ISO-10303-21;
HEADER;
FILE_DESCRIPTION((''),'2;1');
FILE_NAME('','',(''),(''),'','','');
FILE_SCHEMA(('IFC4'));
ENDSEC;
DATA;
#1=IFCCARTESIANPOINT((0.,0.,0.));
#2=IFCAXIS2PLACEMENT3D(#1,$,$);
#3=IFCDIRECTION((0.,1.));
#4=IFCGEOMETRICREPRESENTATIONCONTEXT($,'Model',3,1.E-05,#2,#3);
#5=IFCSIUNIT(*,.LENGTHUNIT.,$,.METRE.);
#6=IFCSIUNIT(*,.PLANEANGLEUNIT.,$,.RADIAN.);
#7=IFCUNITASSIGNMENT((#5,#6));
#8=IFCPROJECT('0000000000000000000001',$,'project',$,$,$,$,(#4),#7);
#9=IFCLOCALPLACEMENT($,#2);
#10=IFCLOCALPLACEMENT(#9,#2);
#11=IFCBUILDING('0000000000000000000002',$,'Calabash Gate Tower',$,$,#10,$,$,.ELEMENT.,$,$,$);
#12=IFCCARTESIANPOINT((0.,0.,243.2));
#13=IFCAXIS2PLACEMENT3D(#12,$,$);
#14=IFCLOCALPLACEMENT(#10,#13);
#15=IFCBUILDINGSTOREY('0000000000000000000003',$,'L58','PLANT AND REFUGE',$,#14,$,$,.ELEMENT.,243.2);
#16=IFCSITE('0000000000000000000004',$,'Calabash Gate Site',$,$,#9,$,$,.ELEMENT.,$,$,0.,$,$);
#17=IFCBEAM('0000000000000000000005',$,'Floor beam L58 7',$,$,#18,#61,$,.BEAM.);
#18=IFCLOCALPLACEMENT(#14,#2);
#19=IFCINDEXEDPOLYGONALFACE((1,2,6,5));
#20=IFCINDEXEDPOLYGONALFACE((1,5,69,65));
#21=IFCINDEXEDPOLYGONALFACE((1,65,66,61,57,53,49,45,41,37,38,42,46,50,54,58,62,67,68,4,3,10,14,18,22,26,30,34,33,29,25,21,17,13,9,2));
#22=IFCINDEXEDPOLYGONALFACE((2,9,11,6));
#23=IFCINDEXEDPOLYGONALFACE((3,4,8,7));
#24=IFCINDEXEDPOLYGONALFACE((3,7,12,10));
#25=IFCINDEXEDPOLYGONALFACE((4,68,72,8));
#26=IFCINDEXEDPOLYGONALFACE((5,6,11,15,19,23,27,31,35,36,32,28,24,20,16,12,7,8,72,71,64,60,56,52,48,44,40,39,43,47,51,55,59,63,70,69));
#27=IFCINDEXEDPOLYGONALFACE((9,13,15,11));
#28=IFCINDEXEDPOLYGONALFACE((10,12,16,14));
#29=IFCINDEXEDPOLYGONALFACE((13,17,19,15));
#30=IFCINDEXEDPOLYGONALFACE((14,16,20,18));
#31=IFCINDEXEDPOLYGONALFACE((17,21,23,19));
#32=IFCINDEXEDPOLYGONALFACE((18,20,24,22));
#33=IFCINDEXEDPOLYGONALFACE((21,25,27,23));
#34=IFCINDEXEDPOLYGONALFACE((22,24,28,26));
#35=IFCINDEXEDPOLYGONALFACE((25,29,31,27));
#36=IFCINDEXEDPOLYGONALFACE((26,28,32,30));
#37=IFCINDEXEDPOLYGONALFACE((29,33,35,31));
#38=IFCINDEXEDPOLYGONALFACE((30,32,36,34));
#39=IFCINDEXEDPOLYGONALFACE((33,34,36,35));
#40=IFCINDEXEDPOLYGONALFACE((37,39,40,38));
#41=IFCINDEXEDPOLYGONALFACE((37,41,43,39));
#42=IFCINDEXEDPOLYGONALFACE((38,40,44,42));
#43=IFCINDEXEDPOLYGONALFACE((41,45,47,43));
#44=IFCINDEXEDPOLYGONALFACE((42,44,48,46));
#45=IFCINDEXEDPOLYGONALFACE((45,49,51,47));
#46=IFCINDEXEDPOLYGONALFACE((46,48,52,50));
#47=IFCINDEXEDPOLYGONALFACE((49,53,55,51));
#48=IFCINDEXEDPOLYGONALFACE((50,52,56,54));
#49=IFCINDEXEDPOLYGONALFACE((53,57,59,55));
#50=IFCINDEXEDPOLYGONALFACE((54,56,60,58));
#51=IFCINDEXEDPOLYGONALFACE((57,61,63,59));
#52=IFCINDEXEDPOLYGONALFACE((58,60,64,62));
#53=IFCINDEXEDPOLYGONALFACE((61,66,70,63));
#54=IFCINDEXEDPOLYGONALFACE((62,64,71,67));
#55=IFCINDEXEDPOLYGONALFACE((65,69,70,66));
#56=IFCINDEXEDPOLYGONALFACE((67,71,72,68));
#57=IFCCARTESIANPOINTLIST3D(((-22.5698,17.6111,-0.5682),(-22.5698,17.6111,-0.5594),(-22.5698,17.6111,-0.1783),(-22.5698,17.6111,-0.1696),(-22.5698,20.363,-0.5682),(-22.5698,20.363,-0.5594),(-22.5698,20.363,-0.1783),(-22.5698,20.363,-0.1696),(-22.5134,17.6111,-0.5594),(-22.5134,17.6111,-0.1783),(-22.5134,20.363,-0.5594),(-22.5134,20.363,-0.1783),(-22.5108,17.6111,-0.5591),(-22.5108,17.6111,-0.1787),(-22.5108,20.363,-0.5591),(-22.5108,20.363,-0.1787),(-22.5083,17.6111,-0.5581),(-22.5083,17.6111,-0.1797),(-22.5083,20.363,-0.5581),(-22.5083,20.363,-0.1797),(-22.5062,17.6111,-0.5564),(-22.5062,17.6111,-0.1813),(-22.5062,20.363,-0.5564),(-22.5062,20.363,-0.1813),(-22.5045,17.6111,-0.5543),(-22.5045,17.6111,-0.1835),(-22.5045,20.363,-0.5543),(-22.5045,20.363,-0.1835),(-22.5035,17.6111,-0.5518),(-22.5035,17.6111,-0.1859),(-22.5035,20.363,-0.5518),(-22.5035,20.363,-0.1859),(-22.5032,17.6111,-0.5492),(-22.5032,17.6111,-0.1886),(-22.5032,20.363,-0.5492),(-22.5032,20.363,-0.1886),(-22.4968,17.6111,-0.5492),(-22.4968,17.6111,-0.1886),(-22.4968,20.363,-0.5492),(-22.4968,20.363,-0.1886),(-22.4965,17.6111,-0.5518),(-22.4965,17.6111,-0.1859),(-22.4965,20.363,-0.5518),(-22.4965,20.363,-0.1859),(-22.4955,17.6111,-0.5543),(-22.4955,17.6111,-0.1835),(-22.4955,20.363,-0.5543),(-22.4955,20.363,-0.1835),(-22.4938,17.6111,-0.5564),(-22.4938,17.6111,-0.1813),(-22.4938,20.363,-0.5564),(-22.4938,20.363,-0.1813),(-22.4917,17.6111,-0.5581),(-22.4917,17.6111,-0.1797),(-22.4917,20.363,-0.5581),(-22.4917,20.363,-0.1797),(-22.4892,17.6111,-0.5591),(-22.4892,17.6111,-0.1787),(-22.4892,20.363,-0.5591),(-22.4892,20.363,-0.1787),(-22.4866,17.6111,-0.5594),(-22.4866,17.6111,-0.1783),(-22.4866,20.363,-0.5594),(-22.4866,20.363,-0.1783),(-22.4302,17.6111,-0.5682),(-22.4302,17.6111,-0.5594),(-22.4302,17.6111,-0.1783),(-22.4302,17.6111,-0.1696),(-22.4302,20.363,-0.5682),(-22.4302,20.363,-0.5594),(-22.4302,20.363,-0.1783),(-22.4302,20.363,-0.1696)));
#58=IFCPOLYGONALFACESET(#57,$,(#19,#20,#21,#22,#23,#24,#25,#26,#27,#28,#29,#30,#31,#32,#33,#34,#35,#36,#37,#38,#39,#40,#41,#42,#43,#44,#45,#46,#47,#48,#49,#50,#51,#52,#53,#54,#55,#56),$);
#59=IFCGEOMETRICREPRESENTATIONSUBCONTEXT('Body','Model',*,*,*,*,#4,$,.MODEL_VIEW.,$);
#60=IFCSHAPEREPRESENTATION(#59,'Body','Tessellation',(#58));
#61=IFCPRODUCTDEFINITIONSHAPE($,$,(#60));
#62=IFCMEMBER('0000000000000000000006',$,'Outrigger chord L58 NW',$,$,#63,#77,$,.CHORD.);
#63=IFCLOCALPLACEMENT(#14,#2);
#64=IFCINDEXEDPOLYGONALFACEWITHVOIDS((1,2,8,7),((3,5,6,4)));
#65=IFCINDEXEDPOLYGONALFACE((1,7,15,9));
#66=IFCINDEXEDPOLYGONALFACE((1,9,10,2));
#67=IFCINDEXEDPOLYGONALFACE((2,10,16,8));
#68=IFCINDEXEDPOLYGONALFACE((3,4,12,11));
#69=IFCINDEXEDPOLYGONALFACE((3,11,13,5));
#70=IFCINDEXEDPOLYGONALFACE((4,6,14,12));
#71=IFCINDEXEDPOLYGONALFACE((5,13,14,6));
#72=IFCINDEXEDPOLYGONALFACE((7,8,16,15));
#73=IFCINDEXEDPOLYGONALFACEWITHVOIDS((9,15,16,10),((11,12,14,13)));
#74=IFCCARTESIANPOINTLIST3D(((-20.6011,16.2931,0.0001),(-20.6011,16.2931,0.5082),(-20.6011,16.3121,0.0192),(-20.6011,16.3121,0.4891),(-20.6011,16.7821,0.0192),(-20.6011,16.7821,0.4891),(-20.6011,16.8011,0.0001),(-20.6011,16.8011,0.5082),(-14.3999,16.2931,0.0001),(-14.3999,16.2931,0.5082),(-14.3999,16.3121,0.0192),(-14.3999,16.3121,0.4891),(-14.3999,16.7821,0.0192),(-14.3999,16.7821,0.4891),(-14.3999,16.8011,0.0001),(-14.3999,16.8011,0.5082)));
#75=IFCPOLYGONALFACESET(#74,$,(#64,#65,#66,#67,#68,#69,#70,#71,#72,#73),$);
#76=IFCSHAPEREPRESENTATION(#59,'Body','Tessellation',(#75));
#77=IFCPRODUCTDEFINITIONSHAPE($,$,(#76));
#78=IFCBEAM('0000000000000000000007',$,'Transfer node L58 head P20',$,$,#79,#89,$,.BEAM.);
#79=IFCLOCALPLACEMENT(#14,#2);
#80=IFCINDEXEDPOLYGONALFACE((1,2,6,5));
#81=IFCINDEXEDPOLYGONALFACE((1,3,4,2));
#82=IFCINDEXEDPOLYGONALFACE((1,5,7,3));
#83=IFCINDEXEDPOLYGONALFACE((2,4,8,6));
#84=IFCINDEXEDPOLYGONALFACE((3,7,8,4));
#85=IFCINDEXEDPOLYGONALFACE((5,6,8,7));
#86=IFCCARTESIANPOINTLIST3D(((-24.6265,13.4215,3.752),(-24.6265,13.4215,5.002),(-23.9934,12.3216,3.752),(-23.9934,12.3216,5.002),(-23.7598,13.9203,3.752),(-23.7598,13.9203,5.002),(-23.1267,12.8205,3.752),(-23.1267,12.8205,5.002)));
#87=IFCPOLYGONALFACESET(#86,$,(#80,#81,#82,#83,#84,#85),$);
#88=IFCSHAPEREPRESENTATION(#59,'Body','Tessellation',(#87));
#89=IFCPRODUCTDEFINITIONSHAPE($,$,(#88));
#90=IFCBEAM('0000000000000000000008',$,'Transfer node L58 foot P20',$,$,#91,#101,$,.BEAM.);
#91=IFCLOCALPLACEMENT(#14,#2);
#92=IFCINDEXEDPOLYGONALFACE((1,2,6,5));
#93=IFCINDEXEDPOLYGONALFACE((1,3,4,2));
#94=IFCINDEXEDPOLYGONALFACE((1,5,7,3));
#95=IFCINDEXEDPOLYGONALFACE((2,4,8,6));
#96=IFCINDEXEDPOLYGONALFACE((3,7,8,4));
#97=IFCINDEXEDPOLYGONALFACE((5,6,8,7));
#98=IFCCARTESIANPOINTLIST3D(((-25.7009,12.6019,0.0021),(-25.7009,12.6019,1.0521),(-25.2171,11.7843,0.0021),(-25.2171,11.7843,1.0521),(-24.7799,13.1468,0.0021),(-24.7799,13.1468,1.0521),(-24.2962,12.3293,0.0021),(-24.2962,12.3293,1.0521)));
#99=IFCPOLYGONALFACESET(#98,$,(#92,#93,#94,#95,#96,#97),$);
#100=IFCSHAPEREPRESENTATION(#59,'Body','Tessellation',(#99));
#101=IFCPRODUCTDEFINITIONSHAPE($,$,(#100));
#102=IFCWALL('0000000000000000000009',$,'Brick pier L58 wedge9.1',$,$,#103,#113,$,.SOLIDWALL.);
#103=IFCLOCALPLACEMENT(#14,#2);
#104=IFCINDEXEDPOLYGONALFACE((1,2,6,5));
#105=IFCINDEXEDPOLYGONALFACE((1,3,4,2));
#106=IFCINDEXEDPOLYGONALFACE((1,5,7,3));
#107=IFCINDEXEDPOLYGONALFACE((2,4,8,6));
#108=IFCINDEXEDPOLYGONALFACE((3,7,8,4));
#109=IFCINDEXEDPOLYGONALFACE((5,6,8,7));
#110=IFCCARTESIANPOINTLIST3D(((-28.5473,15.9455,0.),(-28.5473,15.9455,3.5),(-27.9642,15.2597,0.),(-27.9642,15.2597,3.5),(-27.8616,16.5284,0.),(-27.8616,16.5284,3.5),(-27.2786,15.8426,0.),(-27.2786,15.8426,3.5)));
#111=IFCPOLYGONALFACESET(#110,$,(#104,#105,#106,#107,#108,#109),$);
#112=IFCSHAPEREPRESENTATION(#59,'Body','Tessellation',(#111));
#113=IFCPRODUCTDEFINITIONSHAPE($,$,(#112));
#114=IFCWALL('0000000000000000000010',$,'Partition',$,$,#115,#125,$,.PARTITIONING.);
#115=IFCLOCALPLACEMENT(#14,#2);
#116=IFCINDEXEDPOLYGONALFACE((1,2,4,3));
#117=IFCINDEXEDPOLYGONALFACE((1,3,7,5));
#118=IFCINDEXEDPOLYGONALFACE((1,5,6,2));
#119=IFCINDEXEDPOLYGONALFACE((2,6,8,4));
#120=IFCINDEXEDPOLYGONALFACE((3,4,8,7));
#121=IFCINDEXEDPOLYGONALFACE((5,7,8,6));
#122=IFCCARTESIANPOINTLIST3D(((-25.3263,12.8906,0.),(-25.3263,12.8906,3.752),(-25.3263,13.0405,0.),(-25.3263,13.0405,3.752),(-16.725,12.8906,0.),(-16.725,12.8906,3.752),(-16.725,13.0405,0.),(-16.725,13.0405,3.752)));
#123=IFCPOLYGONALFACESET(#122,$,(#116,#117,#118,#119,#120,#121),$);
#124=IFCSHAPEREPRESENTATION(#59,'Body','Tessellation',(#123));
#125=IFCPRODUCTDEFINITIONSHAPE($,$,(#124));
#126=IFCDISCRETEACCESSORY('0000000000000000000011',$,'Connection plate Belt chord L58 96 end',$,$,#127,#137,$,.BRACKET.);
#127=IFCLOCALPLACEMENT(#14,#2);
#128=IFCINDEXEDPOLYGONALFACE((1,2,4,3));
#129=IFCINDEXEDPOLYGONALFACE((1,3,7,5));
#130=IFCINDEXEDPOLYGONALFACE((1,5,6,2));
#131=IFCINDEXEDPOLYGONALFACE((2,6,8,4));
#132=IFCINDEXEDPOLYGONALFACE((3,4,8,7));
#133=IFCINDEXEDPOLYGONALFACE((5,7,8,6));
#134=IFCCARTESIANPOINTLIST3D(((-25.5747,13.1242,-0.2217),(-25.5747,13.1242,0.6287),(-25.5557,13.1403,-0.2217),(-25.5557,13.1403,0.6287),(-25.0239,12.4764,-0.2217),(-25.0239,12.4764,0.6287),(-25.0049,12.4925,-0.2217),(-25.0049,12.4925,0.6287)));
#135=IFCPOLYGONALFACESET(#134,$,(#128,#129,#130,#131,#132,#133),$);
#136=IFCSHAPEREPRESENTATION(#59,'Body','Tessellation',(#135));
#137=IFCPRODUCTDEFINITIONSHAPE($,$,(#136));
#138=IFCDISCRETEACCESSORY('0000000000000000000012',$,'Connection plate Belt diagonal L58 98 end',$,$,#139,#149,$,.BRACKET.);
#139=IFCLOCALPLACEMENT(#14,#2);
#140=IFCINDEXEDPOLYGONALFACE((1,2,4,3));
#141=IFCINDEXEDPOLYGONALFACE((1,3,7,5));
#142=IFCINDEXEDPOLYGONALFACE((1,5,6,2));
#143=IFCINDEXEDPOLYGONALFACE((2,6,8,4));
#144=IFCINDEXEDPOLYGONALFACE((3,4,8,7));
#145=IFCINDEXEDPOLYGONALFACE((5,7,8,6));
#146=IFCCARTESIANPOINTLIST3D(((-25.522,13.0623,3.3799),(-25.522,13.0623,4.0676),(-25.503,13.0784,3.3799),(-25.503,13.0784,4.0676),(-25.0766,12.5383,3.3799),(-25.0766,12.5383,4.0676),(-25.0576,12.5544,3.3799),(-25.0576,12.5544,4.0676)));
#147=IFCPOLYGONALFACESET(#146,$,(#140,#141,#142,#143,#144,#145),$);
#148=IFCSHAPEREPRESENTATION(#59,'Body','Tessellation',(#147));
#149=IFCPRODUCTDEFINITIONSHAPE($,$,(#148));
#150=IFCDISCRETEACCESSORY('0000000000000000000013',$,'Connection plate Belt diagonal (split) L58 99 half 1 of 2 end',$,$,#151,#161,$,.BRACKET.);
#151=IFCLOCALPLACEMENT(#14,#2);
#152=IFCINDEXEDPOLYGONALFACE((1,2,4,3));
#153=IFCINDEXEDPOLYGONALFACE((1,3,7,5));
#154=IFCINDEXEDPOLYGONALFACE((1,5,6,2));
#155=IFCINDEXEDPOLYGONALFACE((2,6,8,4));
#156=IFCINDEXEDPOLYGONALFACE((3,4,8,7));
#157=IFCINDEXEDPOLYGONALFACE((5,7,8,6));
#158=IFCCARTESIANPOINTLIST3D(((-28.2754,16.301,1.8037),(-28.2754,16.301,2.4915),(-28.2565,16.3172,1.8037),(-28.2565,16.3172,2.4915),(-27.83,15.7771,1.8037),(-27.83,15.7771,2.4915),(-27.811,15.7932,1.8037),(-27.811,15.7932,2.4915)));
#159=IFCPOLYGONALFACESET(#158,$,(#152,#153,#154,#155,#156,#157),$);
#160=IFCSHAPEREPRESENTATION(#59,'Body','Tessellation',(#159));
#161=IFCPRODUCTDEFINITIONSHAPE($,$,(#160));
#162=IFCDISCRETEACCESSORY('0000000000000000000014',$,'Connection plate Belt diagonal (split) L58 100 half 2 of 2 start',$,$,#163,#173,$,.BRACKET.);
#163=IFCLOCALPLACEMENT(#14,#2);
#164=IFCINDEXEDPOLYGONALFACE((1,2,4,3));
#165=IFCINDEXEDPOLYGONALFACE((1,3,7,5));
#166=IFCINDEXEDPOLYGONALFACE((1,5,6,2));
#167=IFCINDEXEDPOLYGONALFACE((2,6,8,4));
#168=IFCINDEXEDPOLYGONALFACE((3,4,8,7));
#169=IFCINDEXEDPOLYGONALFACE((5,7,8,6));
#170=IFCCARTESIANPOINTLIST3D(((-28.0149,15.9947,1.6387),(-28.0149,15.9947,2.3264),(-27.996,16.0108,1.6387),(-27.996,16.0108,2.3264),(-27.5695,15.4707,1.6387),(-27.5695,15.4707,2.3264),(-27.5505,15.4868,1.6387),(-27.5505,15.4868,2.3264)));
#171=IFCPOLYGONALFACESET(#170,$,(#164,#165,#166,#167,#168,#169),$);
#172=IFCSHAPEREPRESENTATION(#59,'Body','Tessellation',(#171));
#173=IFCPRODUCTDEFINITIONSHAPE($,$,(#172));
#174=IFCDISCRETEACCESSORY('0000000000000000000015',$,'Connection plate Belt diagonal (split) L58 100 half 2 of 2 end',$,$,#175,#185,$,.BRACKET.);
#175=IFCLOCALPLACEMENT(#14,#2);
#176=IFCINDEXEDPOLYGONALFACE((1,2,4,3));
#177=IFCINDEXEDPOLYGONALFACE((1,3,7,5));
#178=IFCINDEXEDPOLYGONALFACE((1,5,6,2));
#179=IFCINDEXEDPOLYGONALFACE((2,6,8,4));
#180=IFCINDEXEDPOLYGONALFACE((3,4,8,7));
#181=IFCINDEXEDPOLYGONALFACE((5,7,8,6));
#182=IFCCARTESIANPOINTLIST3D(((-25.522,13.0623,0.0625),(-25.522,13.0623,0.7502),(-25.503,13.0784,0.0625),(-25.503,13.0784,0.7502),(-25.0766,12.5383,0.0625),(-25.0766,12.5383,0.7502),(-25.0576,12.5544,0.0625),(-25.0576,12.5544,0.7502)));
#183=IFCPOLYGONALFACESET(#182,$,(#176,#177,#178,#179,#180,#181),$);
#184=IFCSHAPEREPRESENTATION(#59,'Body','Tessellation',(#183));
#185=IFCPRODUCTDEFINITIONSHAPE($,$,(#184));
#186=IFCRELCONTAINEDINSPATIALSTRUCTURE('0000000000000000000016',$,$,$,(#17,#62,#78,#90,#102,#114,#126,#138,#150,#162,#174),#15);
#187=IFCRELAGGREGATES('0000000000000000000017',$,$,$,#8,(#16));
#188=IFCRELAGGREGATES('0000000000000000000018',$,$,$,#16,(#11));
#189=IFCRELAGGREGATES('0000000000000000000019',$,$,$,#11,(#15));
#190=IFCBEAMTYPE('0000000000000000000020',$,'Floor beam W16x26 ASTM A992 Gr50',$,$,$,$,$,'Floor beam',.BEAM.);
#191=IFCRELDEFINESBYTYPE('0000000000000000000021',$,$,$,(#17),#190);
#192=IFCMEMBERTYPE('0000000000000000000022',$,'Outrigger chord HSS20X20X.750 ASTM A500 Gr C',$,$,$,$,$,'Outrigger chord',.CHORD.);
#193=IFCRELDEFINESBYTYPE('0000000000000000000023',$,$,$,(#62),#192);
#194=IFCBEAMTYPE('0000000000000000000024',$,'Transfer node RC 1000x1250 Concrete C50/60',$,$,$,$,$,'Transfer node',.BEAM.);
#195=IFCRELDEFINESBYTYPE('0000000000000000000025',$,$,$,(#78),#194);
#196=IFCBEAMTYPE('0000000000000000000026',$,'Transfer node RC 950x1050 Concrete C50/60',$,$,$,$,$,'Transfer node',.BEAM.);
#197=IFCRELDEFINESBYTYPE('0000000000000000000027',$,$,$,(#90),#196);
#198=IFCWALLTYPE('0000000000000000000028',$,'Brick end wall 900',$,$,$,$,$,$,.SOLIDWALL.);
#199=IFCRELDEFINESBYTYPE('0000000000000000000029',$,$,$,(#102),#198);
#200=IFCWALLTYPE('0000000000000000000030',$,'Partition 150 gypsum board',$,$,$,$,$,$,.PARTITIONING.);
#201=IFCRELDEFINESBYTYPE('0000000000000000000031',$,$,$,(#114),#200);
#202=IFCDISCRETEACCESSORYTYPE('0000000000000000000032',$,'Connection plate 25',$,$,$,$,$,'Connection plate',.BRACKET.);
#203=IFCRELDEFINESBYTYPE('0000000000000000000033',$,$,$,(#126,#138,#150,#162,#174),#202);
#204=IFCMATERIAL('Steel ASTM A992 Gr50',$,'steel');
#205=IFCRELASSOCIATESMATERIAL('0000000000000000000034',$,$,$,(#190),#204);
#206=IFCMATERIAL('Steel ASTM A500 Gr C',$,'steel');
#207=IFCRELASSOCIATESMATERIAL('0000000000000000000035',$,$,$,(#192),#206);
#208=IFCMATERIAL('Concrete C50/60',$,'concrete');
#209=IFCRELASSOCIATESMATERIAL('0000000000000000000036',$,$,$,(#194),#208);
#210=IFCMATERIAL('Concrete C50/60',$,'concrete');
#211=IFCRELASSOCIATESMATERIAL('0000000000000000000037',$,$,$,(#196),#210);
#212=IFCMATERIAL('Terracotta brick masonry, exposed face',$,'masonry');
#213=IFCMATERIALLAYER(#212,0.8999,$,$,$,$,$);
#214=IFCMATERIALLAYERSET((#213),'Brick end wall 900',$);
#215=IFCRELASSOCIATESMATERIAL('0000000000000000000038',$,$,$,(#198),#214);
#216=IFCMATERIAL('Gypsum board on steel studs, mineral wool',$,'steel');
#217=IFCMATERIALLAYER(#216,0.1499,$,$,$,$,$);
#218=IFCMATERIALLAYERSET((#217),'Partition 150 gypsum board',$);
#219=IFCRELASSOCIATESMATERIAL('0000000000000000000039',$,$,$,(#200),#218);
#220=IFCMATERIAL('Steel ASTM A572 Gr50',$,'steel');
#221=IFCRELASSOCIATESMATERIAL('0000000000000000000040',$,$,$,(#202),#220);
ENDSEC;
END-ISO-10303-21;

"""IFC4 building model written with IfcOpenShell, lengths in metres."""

from ifc_helpers import new_model, si_unit, direction, frame, frame_2d, origin, origin_2d, place, context, subcontext, project, spatial, rectangle, hollow_rectangle, i_section, extrude, material, layer, layer_set, material_profile, profile_set, type_object, element, save


model = new_model("IFC4")

# Units and contexts
model_context = context("Model", 3, precision=1e-05, world=origin(), true_north=direction((0.0, 1.0)))
body_context = subcontext(model_context, "Body", "Model", "MODEL_VIEW")
ifc_project = project(units=[si_unit("LENGTHUNIT", "METRE"), si_unit("PLANEANGLEUNIT", "RADIAN")], contexts=[model_context])

# Site, building, storey
site_placement = place(None, origin())
site = spatial("IfcSite", under=ifc_project, at=site_placement, Name="Calabash Gate Site", CompositionType="ELEMENT", RefElevation=0.0)
building_placement = place(site_placement, origin())
building = spatial("IfcBuilding", under=site, at=building_placement, Name="Calabash Gate Tower", CompositionType="ELEMENT")
storey_placement = place(building_placement, frame((0.0, 0.0, 243.2)))
storey = spatial("IfcBuildingStorey", under=building, at=storey_placement, Name="L58", Description="PLANT AND REFUGE", CompositionType="ELEMENT", Elevation=243.2)

# Beam
ifc_material_1 = material(Name="Steel ASTM A992 Gr50", Category="steel")
ifc_material_profile_1 = material_profile(ifc_material_1, i_section(OverallWidth=0.1396, OverallDepth=0.3987, WebThickness=0.0063, FlangeThickness=0.0088, FilletRadius=0.0103, at=origin_2d()))
ifc_profile_set_1 = profile_set([ifc_material_profile_1], Name="Steel ASTM A992 Gr50")
beam_type_1 = type_object("IfcBeamType", Name="Floor beam W16x26 ASTM A992 Gr50", ElementType="Floor beam", PredefinedType="BEAM", material=ifc_profile_set_1)
beam_1_placement = place(storey_placement, frame((-22.5, 17.6111, -0.3689), z_axis=(0.0, 1.0, 0.0), x_axis=(-1.0, 0.0, 0.0)))
element("IfcBeam", 1, at=beam_1_placement, inside=storey, type_object=beam_type_1, Name="Floor beam L58 7", PredefinedType="BEAM", context=body_context, shape_type="SweptSolid", body=[
    extrude(i_section(OverallWidth=0.1396, OverallDepth=0.3987, WebThickness=0.0063, FlangeThickness=0.0088, FilletRadius=0.0103, at=origin_2d()), origin(), (0.0, 0.0, 1.0), 2.752),
])

# Member
ifc_material_2 = material(Name="Steel ASTM A500 Gr C", Category="steel")
ifc_material_profile_2 = material_profile(ifc_material_2, hollow_rectangle(XDim=0.5081, YDim=0.5081, WallThickness=0.019, at=origin_2d()))
ifc_profile_set_2 = profile_set([ifc_material_profile_2], Name="Steel ASTM A500 Gr C")
member_type_1 = type_object("IfcMemberType", Name="Outrigger chord HSS20X20X.750 ASTM A500 Gr C", ElementType="Outrigger chord", PredefinedType="CHORD", material=ifc_profile_set_2)
member_1_placement = place(storey_placement, frame((-20.6011, 16.5471, 0.2542), z_axis=(1.0, 0.0, 0.0), x_axis=(0.0, 1.0, 0.0)))
element("IfcMember", 2, at=member_1_placement, inside=storey, type_object=member_type_1, Name="Outrigger chord L58 NW", PredefinedType="CHORD", context=body_context, shape_type="SweptSolid", body=[
    extrude(hollow_rectangle(XDim=0.5081, YDim=0.5081, WallThickness=0.019, at=origin_2d()), origin(), (0.0, 0.0, 1.0), 6.2012),
])

# Beams
ifc_material_3 = material(Name="Concrete C50/60", Category="concrete")
ifc_material_profile_3 = material_profile(ifc_material_3, rectangle(XDim=1.0, YDim=1.25, at=origin_2d()))
ifc_profile_set_3 = profile_set([ifc_material_profile_3], Name="Concrete C50/60")
beam_type_2 = type_object("IfcBeamType", Name="Transfer node RC 1000x1250 Concrete C50/60", ElementType="Transfer node", PredefinedType="BEAM", material=ifc_profile_set_3)
beam_2_placement = place(storey_placement, frame((-24.1931, 13.6709, 4.377), z_axis=(0.498851, -0.866688, 0.0), x_axis=(0.866688, 0.498851, 0.0)))
element("IfcBeam", 3, at=beam_2_placement, inside=storey, type_object=beam_type_2, Name="Transfer node L58 head P20", PredefinedType="BEAM", context=body_context, shape_type="SweptSolid", body=[
    extrude(rectangle(XDim=1.0, YDim=1.25, at=origin_2d()), origin(), (0.0, 0.0, 1.0), 1.269),
])
ifc_material_4 = material(Name="Concrete C50/60", Category="concrete")
ifc_material_profile_4 = material_profile(ifc_material_4, rectangle(XDim=0.95, YDim=1.05, at=origin_2d()))
ifc_profile_set_4 = profile_set([ifc_material_profile_4], Name="Concrete C50/60")
beam_type_3 = type_object("IfcBeamType", Name="Transfer node RC 950x1050 Concrete C50/60", ElementType="Transfer node", PredefinedType="BEAM", material=ifc_profile_set_4)
beam_3_placement = place(storey_placement, frame((-25.459, 12.1931, 0.5271), z_axis=(0.860617, 0.509252, 0.0), x_axis=(-0.509252, 0.860617, 0.0)))
element("IfcBeam", 4, at=beam_3_placement, inside=storey, type_object=beam_type_3, Name="Transfer node L58 foot P20", PredefinedType="BEAM", context=body_context, shape_type="SweptSolid", body=[
    extrude(rectangle(XDim=0.95, YDim=1.05, at=origin_2d()), origin(), (0.0, 0.0, 1.0), 1.0701),
])

# Walls
ifc_material_5 = material(Name="Terracotta brick masonry, exposed face", Category="masonry")
ifc_layer_1 = layer(ifc_material_5, 0.8999)
ifc_layer_set_1 = layer_set([ifc_layer_1], Name="Brick end wall 900")
wall_type_1 = type_object("IfcWallType", Name="Brick end wall 900", PredefinedType="SOLIDWALL", material=ifc_layer_set_1)
wall_1_placement = place(storey_placement, frame((-27.6213, 15.551, 0.0), z_axis=(0.0, 0.0, 1.0), x_axis=(-0.647704, 0.761892, 0.0)))
element("IfcWall", 5, at=wall_1_placement, inside=storey, type_object=wall_type_1, Name="Brick pier L58 wedge9.1", PredefinedType="SOLIDWALL", context=body_context, shape_type="SweptSolid", body=[
    extrude(rectangle(XDim=0.9001, YDim=0.8999, at=frame_2d((0.4502, 0.0))), origin(), (0.0, 0.0, 1.0), 3.5),
])
ifc_material_6 = material(Name="Gypsum board on steel studs, mineral wool", Category="steel")
ifc_layer_2 = layer(ifc_material_6, 0.1499)
ifc_layer_set_2 = layer_set([ifc_layer_2], Name="Partition 150 gypsum board")
wall_type_2 = type_object("IfcWallType", Name="Partition 150 gypsum board", PredefinedType="PARTITIONING", material=ifc_layer_set_2)
wall_2_placement = place(storey_placement, frame((-25.3264, 12.9656, 0.0), z_axis=(0.0, 0.0, 1.0), x_axis=(1.0, 0.0, 0.0)))
element("IfcWall", 6, at=wall_2_placement, inside=storey, type_object=wall_type_2, Name="Partition", PredefinedType="PARTITIONING", context=body_context, shape_type="SweptSolid", body=[
    extrude(rectangle(XDim=8.6013, YDim=0.1499, at=frame_2d((4.3008, 0.0))), origin(), (0.0, 0.0, 1.0), 3.752),
])

# Discrete accessories
ifc_material_7 = material(Name="Steel ASTM A572 Gr50", Category="steel")
discrete_accessory_type = type_object("IfcDiscreteAccessoryType", Name="Connection plate 25", ElementType="Connection plate", PredefinedType="BRACKET", material=ifc_material_7)
discrete_accessory_placement = place(storey_placement, frame((-25.2898, 12.8083, -0.2217), z_axis=(0.0, 0.0, 1.0), x_axis=(0.647704, -0.761892, 0.0)))
element("IfcDiscreteAccessory", 7, at=discrete_accessory_placement, inside=storey, type_object=discrete_accessory_type, Name="Connection plate Belt chord L58 96 end", PredefinedType="BRACKET", context=body_context, shape_type="SweptSolid", body=[
    extrude(rectangle(XDim=0.8503, YDim=0.0249, at=origin_2d()), origin(), (0.0, 0.0, 1.0), 0.8503),
])
for number, where, z_axis, x_axis, name in (
    (8, (-25.2898, 12.8083, 3.3799), (0.0, 0.0, 1.0), (0.647704, -0.761892, 0.0), "Connection plate Belt diagonal L58 98 end"),
    (9, (-28.0432, 16.0471, 1.8037), (0.0, 0.0, 1.0), (0.647704, -0.761892, 0.0), "Connection plate Belt diagonal (split) L58 99 half 1 of 2 end"),
    (10, (-27.7827, 15.7407, 1.6387), (0.0, 0.0, 1.0), (0.647704, -0.761892, 0.0), "Connection plate Belt diagonal (split) L58 100 half 2 of 2 start"),
    (11, (-25.2898, 12.8083, 0.0625), (0.0, 0.0, 1.0), (0.647704, -0.761892, 0.0), "Connection plate Belt diagonal (split) L58 100 half 2 of 2 end"),
):
    element("IfcDiscreteAccessory", number, at=place(storey_placement, frame(where, z_axis=z_axis, x_axis=x_axis)), inside=storey, type_object=discrete_accessory_type, Name=name, PredefinedType="BRACKET", context=body_context, shape_type="SweptSolid", body=[
        extrude(rectangle(XDim=0.6877, YDim=0.0249, at=origin_2d()), origin(), (0.0, 0.0, 1.0), 0.6877),
    ])

save(model, "model.ifc")
